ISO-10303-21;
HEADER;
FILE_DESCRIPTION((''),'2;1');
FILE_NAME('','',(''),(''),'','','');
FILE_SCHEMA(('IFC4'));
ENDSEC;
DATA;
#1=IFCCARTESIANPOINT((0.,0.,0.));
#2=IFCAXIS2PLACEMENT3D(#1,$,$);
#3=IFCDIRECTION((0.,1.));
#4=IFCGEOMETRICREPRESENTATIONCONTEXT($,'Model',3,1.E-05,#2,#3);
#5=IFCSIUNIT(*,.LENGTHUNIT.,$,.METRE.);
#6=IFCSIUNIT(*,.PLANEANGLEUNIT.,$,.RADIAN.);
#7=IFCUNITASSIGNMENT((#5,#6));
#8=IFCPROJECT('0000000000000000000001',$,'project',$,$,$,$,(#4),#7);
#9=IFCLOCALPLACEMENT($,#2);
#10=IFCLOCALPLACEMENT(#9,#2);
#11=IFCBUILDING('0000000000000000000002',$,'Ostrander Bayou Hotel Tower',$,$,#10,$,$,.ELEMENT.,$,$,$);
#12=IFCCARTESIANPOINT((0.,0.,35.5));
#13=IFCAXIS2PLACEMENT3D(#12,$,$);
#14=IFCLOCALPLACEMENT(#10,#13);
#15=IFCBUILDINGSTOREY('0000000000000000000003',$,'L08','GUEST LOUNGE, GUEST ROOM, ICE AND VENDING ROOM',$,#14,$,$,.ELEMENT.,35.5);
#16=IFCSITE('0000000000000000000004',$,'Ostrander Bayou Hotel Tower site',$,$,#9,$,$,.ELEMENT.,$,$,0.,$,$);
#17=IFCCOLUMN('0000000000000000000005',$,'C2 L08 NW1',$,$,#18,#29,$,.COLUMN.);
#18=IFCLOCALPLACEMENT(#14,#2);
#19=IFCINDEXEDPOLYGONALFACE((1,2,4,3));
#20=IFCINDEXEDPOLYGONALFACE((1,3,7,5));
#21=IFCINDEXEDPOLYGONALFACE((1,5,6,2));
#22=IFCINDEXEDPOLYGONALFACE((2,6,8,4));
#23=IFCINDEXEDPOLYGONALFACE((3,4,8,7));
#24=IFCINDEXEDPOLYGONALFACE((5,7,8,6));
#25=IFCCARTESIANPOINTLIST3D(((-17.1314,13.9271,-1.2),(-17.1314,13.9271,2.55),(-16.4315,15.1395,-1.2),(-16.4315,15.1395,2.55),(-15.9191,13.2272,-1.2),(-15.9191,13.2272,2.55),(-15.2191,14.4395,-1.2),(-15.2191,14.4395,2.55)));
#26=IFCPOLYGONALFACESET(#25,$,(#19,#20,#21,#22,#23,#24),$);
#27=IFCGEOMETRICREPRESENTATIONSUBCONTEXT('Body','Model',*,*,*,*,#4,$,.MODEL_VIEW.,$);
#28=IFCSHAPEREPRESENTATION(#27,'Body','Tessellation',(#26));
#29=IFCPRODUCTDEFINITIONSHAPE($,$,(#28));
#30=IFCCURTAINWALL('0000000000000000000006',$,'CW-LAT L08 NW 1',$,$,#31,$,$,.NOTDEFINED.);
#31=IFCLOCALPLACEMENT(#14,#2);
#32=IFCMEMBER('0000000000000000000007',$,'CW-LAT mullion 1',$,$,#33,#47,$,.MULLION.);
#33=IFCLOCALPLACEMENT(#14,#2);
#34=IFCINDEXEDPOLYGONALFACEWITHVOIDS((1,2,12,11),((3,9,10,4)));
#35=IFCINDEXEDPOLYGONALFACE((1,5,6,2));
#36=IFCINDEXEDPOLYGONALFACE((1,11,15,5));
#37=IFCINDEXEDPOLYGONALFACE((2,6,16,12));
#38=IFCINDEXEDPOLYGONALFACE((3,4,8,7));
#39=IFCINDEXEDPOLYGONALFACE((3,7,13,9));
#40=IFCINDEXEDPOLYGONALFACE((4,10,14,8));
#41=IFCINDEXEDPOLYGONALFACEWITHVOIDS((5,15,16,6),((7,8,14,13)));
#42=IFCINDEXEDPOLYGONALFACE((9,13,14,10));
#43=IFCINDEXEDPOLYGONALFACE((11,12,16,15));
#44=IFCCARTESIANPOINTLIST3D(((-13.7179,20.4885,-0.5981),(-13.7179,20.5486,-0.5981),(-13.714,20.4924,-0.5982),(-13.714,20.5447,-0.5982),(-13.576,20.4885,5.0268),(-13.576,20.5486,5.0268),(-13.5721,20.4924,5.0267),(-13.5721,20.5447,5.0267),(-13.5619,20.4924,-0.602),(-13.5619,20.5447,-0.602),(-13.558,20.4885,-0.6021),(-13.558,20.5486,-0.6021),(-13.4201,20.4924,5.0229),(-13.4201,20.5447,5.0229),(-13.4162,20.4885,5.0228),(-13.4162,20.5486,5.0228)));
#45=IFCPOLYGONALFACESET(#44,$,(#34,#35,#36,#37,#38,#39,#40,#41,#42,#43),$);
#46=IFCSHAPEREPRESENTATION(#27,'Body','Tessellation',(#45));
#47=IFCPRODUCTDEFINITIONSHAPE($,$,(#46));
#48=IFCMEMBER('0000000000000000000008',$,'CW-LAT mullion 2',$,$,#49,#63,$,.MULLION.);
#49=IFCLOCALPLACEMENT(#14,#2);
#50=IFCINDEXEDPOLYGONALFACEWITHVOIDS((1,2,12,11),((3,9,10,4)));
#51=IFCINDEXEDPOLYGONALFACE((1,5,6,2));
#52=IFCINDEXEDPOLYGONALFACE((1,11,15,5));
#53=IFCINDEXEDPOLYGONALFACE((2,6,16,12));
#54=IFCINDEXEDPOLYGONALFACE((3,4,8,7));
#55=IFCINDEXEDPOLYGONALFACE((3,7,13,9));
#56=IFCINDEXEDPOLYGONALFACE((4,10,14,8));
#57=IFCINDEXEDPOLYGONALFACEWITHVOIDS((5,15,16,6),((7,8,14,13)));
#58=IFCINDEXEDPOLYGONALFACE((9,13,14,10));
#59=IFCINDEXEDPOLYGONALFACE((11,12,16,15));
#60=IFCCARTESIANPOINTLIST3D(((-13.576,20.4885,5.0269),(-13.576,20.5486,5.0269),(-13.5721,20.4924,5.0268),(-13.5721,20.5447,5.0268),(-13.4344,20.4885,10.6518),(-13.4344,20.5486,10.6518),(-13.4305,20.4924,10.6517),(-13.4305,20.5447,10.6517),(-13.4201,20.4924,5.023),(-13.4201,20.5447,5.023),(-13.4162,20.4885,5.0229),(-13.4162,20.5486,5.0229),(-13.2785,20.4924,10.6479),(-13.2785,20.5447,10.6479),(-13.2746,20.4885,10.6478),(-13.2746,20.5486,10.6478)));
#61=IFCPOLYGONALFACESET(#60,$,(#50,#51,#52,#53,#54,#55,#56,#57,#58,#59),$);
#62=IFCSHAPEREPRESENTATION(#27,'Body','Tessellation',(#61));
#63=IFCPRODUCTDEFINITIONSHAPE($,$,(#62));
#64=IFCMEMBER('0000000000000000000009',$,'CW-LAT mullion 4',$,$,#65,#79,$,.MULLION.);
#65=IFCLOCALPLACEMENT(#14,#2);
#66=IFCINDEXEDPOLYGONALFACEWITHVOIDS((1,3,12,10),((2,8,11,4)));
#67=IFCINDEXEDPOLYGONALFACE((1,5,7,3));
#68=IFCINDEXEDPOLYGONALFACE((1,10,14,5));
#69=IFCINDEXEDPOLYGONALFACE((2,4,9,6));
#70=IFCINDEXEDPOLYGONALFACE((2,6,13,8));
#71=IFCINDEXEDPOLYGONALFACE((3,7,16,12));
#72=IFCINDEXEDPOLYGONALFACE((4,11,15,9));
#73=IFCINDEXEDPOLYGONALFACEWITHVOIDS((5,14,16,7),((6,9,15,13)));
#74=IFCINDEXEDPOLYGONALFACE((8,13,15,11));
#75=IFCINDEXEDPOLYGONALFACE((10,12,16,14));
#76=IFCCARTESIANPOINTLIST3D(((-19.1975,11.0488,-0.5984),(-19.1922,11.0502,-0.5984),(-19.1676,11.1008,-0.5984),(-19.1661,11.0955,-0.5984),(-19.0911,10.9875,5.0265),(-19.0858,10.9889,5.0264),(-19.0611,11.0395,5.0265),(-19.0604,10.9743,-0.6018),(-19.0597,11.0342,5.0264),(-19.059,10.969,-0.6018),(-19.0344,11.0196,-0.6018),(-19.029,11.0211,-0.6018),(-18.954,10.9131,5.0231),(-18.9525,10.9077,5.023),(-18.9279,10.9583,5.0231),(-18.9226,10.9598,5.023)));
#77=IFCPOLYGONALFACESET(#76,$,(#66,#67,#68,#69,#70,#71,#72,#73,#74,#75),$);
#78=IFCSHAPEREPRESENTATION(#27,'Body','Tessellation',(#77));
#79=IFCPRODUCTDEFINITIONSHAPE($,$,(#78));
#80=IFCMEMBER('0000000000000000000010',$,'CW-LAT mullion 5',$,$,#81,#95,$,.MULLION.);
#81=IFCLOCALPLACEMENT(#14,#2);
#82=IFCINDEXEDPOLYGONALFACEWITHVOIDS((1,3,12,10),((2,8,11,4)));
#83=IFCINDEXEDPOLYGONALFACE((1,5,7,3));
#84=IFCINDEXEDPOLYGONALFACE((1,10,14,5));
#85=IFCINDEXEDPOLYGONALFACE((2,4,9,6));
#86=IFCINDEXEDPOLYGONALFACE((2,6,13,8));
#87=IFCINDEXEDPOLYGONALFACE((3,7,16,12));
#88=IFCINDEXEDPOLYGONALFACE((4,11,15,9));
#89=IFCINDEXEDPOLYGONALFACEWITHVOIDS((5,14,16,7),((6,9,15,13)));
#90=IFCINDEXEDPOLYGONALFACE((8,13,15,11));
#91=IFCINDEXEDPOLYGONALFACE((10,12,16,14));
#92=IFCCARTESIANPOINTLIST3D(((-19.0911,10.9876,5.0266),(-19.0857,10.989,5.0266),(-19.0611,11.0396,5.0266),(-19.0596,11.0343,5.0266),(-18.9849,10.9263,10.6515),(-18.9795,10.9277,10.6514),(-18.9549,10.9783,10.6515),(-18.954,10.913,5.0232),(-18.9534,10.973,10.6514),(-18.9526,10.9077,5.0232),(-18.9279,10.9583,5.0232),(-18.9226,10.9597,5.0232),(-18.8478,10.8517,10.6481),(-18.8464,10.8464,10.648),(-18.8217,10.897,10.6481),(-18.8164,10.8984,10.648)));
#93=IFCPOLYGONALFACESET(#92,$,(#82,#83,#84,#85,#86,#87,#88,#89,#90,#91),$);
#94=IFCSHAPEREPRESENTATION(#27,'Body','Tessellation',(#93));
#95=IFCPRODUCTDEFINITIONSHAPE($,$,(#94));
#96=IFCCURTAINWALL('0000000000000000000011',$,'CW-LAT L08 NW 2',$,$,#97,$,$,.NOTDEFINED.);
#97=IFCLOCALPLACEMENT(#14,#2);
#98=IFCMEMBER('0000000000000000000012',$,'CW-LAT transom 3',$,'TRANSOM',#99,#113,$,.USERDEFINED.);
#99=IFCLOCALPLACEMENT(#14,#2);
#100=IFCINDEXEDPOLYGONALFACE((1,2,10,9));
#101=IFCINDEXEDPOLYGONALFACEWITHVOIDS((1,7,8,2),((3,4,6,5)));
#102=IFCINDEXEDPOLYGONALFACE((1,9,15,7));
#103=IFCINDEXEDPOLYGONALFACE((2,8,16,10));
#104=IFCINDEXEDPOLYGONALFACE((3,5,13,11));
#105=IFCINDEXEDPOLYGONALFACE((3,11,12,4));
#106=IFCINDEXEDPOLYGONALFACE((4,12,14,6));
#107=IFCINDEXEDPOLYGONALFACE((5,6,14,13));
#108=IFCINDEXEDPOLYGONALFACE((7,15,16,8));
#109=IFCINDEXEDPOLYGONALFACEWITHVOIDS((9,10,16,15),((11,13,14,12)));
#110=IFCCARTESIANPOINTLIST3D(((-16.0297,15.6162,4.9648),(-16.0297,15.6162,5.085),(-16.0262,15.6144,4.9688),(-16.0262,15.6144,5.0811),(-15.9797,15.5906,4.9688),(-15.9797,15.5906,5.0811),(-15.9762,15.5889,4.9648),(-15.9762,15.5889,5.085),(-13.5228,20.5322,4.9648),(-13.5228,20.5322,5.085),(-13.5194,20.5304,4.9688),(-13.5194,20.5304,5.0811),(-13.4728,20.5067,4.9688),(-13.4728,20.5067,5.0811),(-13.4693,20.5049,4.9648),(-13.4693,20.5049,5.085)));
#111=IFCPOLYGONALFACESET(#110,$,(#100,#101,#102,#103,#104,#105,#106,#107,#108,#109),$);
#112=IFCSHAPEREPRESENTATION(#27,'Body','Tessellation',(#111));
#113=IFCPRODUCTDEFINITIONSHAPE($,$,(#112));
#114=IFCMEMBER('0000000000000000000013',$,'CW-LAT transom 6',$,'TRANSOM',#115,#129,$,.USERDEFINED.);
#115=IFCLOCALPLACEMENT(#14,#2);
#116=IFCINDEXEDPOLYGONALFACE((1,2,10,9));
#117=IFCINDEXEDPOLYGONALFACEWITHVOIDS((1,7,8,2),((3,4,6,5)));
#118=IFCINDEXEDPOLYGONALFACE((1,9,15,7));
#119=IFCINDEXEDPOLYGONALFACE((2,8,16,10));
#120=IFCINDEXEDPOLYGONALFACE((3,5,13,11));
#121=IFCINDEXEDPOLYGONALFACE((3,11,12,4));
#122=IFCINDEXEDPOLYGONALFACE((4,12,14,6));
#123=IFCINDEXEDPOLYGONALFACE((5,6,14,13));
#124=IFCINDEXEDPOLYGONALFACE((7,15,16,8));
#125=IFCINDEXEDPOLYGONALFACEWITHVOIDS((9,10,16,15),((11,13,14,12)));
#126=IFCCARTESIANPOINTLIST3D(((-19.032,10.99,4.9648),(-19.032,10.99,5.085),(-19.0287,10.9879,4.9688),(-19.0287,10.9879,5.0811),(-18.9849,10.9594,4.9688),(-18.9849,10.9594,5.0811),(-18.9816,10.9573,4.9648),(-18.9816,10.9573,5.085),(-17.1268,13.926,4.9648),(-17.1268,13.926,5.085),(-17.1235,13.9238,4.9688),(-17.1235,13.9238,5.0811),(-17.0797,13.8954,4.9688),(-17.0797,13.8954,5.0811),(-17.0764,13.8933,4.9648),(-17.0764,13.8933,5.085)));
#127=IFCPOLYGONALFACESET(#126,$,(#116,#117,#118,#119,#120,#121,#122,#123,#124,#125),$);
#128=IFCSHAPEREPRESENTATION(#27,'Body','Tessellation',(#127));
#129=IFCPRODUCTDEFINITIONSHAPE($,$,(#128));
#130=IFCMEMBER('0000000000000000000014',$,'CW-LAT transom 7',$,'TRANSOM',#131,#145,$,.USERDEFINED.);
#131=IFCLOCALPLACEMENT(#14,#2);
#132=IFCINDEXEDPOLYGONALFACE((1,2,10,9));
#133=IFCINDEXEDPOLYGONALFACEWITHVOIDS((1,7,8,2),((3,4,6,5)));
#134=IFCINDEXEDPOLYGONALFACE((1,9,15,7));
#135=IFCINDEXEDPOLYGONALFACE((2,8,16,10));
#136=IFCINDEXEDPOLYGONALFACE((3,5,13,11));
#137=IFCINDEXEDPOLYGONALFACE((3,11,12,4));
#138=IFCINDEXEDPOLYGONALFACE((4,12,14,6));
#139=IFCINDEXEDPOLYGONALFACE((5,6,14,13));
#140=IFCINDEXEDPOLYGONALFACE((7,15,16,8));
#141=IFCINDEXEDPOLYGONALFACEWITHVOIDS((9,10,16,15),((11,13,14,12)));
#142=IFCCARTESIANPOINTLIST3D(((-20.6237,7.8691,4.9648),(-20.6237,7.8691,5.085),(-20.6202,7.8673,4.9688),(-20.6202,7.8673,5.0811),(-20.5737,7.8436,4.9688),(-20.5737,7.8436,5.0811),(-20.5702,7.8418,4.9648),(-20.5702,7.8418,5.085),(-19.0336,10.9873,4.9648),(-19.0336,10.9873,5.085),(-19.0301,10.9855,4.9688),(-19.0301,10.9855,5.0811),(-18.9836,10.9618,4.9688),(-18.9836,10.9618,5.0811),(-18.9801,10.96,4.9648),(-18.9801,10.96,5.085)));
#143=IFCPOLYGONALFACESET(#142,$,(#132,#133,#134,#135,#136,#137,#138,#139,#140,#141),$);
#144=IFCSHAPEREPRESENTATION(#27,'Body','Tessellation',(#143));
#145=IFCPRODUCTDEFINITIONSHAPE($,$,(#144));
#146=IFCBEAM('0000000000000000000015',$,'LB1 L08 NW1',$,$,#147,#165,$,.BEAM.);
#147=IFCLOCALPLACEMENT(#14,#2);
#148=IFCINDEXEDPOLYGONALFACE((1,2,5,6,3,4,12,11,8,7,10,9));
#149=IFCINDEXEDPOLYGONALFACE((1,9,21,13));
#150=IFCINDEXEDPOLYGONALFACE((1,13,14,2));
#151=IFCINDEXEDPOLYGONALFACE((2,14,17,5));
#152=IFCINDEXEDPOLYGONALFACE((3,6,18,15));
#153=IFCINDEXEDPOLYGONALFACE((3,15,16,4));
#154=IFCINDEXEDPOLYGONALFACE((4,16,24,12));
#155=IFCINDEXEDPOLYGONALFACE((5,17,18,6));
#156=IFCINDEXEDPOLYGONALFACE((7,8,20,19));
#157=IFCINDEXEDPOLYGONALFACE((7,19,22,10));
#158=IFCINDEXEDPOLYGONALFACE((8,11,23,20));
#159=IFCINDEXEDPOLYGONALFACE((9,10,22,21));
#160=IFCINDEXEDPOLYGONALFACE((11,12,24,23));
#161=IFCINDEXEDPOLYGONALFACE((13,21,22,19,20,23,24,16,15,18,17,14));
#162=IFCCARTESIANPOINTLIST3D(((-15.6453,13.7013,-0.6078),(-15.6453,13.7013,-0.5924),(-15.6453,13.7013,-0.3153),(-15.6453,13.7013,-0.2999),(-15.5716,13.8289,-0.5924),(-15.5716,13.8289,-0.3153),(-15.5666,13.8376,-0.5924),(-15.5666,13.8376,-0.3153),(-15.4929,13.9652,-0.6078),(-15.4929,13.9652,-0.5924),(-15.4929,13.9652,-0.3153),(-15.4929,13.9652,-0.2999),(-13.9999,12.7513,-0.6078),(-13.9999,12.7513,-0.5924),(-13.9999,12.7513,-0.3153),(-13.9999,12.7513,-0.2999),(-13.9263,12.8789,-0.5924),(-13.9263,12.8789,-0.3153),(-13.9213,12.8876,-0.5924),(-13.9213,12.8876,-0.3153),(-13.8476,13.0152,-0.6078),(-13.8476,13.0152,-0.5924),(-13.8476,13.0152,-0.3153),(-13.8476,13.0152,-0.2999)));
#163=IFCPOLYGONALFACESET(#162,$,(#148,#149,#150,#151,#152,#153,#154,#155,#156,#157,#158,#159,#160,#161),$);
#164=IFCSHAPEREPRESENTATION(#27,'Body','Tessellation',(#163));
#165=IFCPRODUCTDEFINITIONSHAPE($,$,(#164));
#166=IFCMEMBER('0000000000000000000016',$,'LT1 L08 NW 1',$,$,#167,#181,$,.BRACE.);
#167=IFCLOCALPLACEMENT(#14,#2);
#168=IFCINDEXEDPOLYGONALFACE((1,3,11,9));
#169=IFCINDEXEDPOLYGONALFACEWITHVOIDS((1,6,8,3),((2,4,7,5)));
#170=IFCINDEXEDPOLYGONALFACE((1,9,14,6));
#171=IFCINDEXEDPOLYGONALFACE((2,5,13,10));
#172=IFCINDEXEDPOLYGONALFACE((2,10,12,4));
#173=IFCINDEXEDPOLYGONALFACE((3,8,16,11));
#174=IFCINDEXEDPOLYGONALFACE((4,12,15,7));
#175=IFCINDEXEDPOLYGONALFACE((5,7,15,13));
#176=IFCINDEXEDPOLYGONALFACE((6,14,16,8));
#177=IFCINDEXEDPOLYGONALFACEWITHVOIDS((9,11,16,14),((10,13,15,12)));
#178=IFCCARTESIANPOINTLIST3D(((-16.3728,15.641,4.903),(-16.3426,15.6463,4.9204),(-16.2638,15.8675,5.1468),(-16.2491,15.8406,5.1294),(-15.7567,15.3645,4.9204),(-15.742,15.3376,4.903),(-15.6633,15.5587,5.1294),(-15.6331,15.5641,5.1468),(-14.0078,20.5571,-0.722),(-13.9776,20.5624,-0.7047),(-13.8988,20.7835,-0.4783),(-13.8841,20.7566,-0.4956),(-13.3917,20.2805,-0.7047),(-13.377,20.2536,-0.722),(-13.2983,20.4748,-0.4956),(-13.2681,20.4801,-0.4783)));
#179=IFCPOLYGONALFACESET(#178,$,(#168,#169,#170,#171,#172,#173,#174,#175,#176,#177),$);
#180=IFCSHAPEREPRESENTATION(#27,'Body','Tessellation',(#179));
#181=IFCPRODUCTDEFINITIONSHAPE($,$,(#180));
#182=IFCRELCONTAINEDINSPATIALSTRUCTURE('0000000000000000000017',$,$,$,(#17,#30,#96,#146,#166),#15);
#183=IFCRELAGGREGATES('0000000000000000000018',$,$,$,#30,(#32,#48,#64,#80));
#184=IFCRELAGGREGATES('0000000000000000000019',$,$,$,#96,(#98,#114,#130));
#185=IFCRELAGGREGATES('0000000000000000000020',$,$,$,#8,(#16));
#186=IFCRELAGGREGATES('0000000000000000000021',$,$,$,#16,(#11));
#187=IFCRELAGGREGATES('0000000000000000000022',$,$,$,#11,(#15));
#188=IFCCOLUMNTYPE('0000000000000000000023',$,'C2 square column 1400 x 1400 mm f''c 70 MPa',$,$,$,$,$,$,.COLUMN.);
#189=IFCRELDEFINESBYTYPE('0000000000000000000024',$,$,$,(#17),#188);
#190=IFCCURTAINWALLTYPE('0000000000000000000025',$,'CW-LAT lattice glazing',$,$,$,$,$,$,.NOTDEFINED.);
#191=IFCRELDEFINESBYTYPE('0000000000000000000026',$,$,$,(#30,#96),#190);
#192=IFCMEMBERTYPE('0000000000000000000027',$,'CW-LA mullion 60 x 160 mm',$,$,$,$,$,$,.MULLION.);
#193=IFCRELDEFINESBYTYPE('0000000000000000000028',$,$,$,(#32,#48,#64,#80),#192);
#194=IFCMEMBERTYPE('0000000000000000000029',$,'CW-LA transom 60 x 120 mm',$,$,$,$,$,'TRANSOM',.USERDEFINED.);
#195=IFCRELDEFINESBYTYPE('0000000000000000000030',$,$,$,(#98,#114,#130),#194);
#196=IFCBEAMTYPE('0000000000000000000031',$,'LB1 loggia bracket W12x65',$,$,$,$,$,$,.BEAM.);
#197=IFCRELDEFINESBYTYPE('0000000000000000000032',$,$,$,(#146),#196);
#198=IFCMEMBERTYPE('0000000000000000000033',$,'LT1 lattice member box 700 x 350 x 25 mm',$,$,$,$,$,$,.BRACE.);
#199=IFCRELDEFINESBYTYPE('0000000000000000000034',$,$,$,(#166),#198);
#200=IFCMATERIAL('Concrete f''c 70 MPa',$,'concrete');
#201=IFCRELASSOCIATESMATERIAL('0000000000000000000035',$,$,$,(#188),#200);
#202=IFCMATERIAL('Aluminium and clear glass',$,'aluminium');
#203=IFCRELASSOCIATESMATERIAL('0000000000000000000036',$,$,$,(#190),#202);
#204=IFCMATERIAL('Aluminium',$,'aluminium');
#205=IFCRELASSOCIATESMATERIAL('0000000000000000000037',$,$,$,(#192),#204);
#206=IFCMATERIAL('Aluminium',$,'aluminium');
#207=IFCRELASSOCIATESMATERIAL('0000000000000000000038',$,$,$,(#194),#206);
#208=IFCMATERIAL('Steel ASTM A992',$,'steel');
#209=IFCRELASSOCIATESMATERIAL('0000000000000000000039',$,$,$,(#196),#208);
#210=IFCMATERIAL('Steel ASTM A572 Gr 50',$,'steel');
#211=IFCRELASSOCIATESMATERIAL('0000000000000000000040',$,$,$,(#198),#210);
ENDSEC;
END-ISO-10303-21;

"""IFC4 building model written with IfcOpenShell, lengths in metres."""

from ifc_helpers import new_model, si_unit, direction, frame, origin, origin_2d, place, context, subcontext, project, spatial, rectangle, hollow_rectangle, i_section, extrude, material, material_profile, profile_set, type_object, element, aggregate, save


model = new_model("IFC4")

# Units and contexts
model_context = context("Model", 3, precision=1e-05, world=origin(), true_north=direction((0.0, 1.0)))
body_context = subcontext(model_context, "Body", "Model", "MODEL_VIEW")
ifc_project = project(units=[si_unit("LENGTHUNIT", "METRE"), si_unit("PLANEANGLEUNIT", "RADIAN")], contexts=[model_context])

# Site, building, storey
site_placement = place(None, origin())
site = spatial("IfcSite", under=ifc_project, at=site_placement, Name="Ostrander Bayou Hotel Tower site", CompositionType="ELEMENT", RefElevation=0.0)
building_placement = place(site_placement, origin())
building = spatial("IfcBuilding", under=site, at=building_placement, Name="Ostrander Bayou Hotel Tower", CompositionType="ELEMENT")
storey_placement = place(building_placement, frame((0.0, 0.0, 35.5)))
storey = spatial("IfcBuildingStorey", under=building, at=storey_placement, Name="L08", Description="GUEST LOUNGE, GUEST ROOM, ICE AND VENDING ROOM", CompositionType="ELEMENT", Elevation=35.5)

# Column
ifc_material_1 = material(Name="Concrete f'c 70 MPa", Category="concrete")
ifc_material_profile_1 = material_profile(ifc_material_1, rectangle(XDim=1.3999, YDim=1.3999, at=origin_2d()))
ifc_profile_set_1 = profile_set([ifc_material_profile_1], Name="Concrete f'c 70 MPa")
column_type = type_object("IfcColumnType", Name="C2 square column 1400 x 1400 mm f'c 70 MPa", PredefinedType="COLUMN", material=ifc_profile_set_1)
column_placement = place(storey_placement, frame((-16.1753, 14.1833, -1.2), z_axis=(0.0, 0.0, 1.0), x_axis=(0.5, 0.866025, 0.0)))
element("IfcColumn", 1, at=column_placement, inside=storey, type_object=column_type, Name="C2 L08 NW1", PredefinedType="COLUMN", context=body_context, shape_type="SweptSolid", body=[
    extrude(rectangle(XDim=1.3999, YDim=1.3999, at=origin_2d()), origin(), (0.0, 0.0, 1.0), 3.75),
])

# Curtain walls, members
ifc_material_2 = material(Name="Aluminium and clear glass", Category="aluminium")
curtain_wall_type = type_object("IfcCurtainWallType", Name="CW-LAT lattice glazing", PredefinedType="NOTDEFINED", material=ifc_material_2)
curtain_wall_1_placement = place(storey_placement, origin())
curtain_wall_1 = element("IfcCurtainWall", 2, at=curtain_wall_1_placement, inside=storey, type_object=curtain_wall_type, Name="CW-LAT L08 NW 1", PredefinedType="NOTDEFINED")
ifc_material_3 = material(Name="Aluminium", Category="aluminium")
ifc_material_profile_2 = material_profile(ifc_material_3, hollow_rectangle(XDim=0.0601, YDim=0.1599, WallThickness=0.0039, at=origin_2d()))
ifc_profile_set_2 = profile_set([ifc_material_profile_2], Name="Aluminium")
member_type_1 = type_object("IfcMemberType", Name="CW-LA mullion 60 x 160 mm", PredefinedType="MULLION", material=ifc_profile_set_2)
member_1_placement = place(storey_placement, frame((-13.6379, 20.5186, -0.6001), z_axis=(0.025209, 0.0, 0.999682), x_axis=(0.0, 1.0, 0.0)))
member_1 = element("IfcMember", 3, at=member_1_placement, type_object=member_type_1, Name="CW-LAT mullion 1", PredefinedType="MULLION", context=body_context, shape_type="SweptSolid", body=[
    extrude(hollow_rectangle(XDim=0.0601, YDim=0.1599, WallThickness=0.0039, at=origin_2d()), origin(), (0.0, 0.0, 1.0), 5.6267),
])
member_2_placement = place(storey_placement, frame((-13.4961, 20.5186, 5.0249), z_axis=(0.025166, 0.0, 0.999683), x_axis=(0.0, 1.0, 0.0)))
member_2 = element("IfcMember", 4, at=member_2_placement, type_object=member_type_1, Name="CW-LAT mullion 2", PredefinedType="MULLION", context=body_context, shape_type="SweptSolid", body=[
    extrude(hollow_rectangle(XDim=0.0601, YDim=0.1599, WallThickness=0.0039, at=origin_2d()), origin(), (0.0, 0.0, 1.0), 5.6267),
])
member_3_placement = place(storey_placement, frame((-19.1133, 11.0349, -0.6001), z_axis=(0.018919, -0.010892, 0.999762), x_axis=(0.498919, 0.866649, 0.0)))
member_3 = element("IfcMember", 5, at=member_3_placement, type_object=member_type_1, Name="CW-LAT mullion 4", PredefinedType="MULLION", context=body_context, shape_type="SweptSolid", body=[
    extrude(hollow_rectangle(XDim=0.0601, YDim=0.1599, WallThickness=0.0039, at=origin_2d()), origin(), (0.0, 0.0, 1.0), 5.6262),
])
member_4_placement = place(storey_placement, frame((-19.0068, 10.9736, 5.0249), z_axis=(0.018876, -0.010892, 0.999763), x_axis=(0.49978, 0.866152, 0.0)))
member_4 = element("IfcMember", 6, at=member_4_placement, type_object=member_type_1, Name="CW-LAT mullion 5", PredefinedType="MULLION", context=body_context, shape_type="SweptSolid", body=[
    extrude(hollow_rectangle(XDim=0.0601, YDim=0.1599, WallThickness=0.0039, at=origin_2d()), origin(), (0.0, 0.0, 1.0), 5.6262),
])
curtain_wall_2_placement = place(storey_placement, origin())
curtain_wall_2 = element("IfcCurtainWall", 7, at=curtain_wall_2_placement, inside=storey, type_object=curtain_wall_type, Name="CW-LAT L08 NW 2", PredefinedType="NOTDEFINED")
ifc_material_4 = material(Name="Aluminium", Category="aluminium")
ifc_material_profile_3 = material_profile(ifc_material_4, hollow_rectangle(XDim=0.0601, YDim=0.1201, WallThickness=0.0039, at=origin_2d()))
ifc_profile_set_3 = profile_set([ifc_material_profile_3], Name="Aluminium")
member_type_2 = type_object("IfcMemberType", Name="CW-LA transom 60 x 120 mm", ElementType="TRANSOM", PredefinedType="USERDEFINED", material=ifc_profile_set_3)
member_5_placement = place(storey_placement, frame((-13.4961, 20.5186, 5.0249), z_axis=(-0.454278, -0.89086, 0.0), x_axis=(0.89086, -0.454278, 0.0)))
member_5 = element("IfcMember", 8, at=member_5_placement, type_object=member_type_2, Name="CW-LAT transom 3", ObjectType="TRANSOM", PredefinedType="USERDEFINED", context=body_context, shape_type="SweptSolid", body=[
    extrude(hollow_rectangle(XDim=0.0601, YDim=0.1201, WallThickness=0.0039, at=origin_2d()), origin(), (0.0, 0.0, 1.0), 5.5183),
])
member_6_placement = place(storey_placement, frame((-19.0068, 10.9736, 5.0249), z_axis=(0.544356, 0.838855, 0.0), x_axis=(-0.838855, 0.544356, 0.0)))
member_6 = element("IfcMember", 9, at=member_6_placement, type_object=member_type_2, Name="CW-LAT transom 6", ObjectType="TRANSOM", PredefinedType="USERDEFINED", context=body_context, shape_type="SweptSolid", body=[
    extrude(hollow_rectangle(XDim=0.0601, YDim=0.1201, WallThickness=0.0039, at=origin_2d()), origin(), (0.0, 0.0, 1.0), 3.5),
])
member_7_placement = place(storey_placement, frame((-19.0068, 10.9736, 5.0249), z_axis=(-0.454286, -0.890856, 0.0), x_axis=(0.890856, -0.454286, 0.0)))
member_7 = element("IfcMember", 10, at=member_7_placement, type_object=member_type_2, Name="CW-LAT transom 7", ObjectType="TRANSOM", PredefinedType="USERDEFINED", context=body_context, shape_type="SweptSolid", body=[
    extrude(hollow_rectangle(XDim=0.0601, YDim=0.1201, WallThickness=0.0039, at=origin_2d()), origin(), (0.0, 0.0, 1.0), 3.5002),
])

# Beam
ifc_material_5 = material(Name="Steel ASTM A992", Category="steel")
ifc_material_profile_4 = material_profile(ifc_material_5, i_section(OverallWidth=0.3047, OverallDepth=0.3079, WebThickness=0.01, FlangeThickness=0.0154, at=origin_2d()))
ifc_profile_set_4 = profile_set([ifc_material_profile_4], Name="Steel ASTM A992")
beam_type_1 = type_object("IfcBeamType", Name="LB1 loggia bracket W12x65", PredefinedType="BEAM", material=ifc_profile_set_4)
beam_1_placement = place(storey_placement, frame((-15.5691, 13.8333, -0.4539), z_axis=(0.866012, -0.500023, 0.0), x_axis=(0.500023, 0.866012, 0.0)))
element("IfcBeam", 11, at=beam_1_placement, inside=storey, type_object=beam_type_1, Name="LB1 L08 NW1", PredefinedType="BEAM", context=body_context, shape_type="SweptSolid", body=[
    extrude(i_section(OverallWidth=0.3047, OverallDepth=0.3079, WebThickness=0.01, FlangeThickness=0.0154, at=origin_2d()), origin(), (0.0, 0.0, 1.0), 1.8999),
])

# Member
ifc_material_6 = material(Name="Steel ASTM A572 Gr 50", Category="steel")
ifc_material_profile_5 = material_profile(ifc_material_6, hollow_rectangle(XDim=0.7, YDim=0.3501, WallThickness=0.0249, at=origin_2d()))
ifc_profile_set_5 = profile_set([ifc_material_profile_5], Name="Steel ASTM A572 Gr 50")
member_type_3 = type_object("IfcMemberType", Name="LT1 lattice member box 700 x 350 x 25 mm", PredefinedType="BRACE", material=ifc_profile_set_5)
member_8_placement = place(storey_placement, frame((-16.0029, 15.6025, 5.0249), z_axis=(0.301816, 0.627373, -0.717852), x_axis=(-0.901144, 0.433521, 0.0)))
element("IfcMember", 12, at=member_8_placement, inside=storey, type_object=member_type_3, Name="LT1 L08 NW 1", PredefinedType="BRACE", context=body_context, shape_type="SweptSolid", body=[
    extrude(hollow_rectangle(XDim=0.7, YDim=0.3501, WallThickness=0.0249, at=origin_2d()), origin(), (0.0, 0.0, 1.0), 7.8359),
])

aggregate(curtain_wall_1, [member_1, member_2, member_3, member_4])
aggregate(curtain_wall_2, [member_5, member_6, member_7])

save(model, "model.ifc")
